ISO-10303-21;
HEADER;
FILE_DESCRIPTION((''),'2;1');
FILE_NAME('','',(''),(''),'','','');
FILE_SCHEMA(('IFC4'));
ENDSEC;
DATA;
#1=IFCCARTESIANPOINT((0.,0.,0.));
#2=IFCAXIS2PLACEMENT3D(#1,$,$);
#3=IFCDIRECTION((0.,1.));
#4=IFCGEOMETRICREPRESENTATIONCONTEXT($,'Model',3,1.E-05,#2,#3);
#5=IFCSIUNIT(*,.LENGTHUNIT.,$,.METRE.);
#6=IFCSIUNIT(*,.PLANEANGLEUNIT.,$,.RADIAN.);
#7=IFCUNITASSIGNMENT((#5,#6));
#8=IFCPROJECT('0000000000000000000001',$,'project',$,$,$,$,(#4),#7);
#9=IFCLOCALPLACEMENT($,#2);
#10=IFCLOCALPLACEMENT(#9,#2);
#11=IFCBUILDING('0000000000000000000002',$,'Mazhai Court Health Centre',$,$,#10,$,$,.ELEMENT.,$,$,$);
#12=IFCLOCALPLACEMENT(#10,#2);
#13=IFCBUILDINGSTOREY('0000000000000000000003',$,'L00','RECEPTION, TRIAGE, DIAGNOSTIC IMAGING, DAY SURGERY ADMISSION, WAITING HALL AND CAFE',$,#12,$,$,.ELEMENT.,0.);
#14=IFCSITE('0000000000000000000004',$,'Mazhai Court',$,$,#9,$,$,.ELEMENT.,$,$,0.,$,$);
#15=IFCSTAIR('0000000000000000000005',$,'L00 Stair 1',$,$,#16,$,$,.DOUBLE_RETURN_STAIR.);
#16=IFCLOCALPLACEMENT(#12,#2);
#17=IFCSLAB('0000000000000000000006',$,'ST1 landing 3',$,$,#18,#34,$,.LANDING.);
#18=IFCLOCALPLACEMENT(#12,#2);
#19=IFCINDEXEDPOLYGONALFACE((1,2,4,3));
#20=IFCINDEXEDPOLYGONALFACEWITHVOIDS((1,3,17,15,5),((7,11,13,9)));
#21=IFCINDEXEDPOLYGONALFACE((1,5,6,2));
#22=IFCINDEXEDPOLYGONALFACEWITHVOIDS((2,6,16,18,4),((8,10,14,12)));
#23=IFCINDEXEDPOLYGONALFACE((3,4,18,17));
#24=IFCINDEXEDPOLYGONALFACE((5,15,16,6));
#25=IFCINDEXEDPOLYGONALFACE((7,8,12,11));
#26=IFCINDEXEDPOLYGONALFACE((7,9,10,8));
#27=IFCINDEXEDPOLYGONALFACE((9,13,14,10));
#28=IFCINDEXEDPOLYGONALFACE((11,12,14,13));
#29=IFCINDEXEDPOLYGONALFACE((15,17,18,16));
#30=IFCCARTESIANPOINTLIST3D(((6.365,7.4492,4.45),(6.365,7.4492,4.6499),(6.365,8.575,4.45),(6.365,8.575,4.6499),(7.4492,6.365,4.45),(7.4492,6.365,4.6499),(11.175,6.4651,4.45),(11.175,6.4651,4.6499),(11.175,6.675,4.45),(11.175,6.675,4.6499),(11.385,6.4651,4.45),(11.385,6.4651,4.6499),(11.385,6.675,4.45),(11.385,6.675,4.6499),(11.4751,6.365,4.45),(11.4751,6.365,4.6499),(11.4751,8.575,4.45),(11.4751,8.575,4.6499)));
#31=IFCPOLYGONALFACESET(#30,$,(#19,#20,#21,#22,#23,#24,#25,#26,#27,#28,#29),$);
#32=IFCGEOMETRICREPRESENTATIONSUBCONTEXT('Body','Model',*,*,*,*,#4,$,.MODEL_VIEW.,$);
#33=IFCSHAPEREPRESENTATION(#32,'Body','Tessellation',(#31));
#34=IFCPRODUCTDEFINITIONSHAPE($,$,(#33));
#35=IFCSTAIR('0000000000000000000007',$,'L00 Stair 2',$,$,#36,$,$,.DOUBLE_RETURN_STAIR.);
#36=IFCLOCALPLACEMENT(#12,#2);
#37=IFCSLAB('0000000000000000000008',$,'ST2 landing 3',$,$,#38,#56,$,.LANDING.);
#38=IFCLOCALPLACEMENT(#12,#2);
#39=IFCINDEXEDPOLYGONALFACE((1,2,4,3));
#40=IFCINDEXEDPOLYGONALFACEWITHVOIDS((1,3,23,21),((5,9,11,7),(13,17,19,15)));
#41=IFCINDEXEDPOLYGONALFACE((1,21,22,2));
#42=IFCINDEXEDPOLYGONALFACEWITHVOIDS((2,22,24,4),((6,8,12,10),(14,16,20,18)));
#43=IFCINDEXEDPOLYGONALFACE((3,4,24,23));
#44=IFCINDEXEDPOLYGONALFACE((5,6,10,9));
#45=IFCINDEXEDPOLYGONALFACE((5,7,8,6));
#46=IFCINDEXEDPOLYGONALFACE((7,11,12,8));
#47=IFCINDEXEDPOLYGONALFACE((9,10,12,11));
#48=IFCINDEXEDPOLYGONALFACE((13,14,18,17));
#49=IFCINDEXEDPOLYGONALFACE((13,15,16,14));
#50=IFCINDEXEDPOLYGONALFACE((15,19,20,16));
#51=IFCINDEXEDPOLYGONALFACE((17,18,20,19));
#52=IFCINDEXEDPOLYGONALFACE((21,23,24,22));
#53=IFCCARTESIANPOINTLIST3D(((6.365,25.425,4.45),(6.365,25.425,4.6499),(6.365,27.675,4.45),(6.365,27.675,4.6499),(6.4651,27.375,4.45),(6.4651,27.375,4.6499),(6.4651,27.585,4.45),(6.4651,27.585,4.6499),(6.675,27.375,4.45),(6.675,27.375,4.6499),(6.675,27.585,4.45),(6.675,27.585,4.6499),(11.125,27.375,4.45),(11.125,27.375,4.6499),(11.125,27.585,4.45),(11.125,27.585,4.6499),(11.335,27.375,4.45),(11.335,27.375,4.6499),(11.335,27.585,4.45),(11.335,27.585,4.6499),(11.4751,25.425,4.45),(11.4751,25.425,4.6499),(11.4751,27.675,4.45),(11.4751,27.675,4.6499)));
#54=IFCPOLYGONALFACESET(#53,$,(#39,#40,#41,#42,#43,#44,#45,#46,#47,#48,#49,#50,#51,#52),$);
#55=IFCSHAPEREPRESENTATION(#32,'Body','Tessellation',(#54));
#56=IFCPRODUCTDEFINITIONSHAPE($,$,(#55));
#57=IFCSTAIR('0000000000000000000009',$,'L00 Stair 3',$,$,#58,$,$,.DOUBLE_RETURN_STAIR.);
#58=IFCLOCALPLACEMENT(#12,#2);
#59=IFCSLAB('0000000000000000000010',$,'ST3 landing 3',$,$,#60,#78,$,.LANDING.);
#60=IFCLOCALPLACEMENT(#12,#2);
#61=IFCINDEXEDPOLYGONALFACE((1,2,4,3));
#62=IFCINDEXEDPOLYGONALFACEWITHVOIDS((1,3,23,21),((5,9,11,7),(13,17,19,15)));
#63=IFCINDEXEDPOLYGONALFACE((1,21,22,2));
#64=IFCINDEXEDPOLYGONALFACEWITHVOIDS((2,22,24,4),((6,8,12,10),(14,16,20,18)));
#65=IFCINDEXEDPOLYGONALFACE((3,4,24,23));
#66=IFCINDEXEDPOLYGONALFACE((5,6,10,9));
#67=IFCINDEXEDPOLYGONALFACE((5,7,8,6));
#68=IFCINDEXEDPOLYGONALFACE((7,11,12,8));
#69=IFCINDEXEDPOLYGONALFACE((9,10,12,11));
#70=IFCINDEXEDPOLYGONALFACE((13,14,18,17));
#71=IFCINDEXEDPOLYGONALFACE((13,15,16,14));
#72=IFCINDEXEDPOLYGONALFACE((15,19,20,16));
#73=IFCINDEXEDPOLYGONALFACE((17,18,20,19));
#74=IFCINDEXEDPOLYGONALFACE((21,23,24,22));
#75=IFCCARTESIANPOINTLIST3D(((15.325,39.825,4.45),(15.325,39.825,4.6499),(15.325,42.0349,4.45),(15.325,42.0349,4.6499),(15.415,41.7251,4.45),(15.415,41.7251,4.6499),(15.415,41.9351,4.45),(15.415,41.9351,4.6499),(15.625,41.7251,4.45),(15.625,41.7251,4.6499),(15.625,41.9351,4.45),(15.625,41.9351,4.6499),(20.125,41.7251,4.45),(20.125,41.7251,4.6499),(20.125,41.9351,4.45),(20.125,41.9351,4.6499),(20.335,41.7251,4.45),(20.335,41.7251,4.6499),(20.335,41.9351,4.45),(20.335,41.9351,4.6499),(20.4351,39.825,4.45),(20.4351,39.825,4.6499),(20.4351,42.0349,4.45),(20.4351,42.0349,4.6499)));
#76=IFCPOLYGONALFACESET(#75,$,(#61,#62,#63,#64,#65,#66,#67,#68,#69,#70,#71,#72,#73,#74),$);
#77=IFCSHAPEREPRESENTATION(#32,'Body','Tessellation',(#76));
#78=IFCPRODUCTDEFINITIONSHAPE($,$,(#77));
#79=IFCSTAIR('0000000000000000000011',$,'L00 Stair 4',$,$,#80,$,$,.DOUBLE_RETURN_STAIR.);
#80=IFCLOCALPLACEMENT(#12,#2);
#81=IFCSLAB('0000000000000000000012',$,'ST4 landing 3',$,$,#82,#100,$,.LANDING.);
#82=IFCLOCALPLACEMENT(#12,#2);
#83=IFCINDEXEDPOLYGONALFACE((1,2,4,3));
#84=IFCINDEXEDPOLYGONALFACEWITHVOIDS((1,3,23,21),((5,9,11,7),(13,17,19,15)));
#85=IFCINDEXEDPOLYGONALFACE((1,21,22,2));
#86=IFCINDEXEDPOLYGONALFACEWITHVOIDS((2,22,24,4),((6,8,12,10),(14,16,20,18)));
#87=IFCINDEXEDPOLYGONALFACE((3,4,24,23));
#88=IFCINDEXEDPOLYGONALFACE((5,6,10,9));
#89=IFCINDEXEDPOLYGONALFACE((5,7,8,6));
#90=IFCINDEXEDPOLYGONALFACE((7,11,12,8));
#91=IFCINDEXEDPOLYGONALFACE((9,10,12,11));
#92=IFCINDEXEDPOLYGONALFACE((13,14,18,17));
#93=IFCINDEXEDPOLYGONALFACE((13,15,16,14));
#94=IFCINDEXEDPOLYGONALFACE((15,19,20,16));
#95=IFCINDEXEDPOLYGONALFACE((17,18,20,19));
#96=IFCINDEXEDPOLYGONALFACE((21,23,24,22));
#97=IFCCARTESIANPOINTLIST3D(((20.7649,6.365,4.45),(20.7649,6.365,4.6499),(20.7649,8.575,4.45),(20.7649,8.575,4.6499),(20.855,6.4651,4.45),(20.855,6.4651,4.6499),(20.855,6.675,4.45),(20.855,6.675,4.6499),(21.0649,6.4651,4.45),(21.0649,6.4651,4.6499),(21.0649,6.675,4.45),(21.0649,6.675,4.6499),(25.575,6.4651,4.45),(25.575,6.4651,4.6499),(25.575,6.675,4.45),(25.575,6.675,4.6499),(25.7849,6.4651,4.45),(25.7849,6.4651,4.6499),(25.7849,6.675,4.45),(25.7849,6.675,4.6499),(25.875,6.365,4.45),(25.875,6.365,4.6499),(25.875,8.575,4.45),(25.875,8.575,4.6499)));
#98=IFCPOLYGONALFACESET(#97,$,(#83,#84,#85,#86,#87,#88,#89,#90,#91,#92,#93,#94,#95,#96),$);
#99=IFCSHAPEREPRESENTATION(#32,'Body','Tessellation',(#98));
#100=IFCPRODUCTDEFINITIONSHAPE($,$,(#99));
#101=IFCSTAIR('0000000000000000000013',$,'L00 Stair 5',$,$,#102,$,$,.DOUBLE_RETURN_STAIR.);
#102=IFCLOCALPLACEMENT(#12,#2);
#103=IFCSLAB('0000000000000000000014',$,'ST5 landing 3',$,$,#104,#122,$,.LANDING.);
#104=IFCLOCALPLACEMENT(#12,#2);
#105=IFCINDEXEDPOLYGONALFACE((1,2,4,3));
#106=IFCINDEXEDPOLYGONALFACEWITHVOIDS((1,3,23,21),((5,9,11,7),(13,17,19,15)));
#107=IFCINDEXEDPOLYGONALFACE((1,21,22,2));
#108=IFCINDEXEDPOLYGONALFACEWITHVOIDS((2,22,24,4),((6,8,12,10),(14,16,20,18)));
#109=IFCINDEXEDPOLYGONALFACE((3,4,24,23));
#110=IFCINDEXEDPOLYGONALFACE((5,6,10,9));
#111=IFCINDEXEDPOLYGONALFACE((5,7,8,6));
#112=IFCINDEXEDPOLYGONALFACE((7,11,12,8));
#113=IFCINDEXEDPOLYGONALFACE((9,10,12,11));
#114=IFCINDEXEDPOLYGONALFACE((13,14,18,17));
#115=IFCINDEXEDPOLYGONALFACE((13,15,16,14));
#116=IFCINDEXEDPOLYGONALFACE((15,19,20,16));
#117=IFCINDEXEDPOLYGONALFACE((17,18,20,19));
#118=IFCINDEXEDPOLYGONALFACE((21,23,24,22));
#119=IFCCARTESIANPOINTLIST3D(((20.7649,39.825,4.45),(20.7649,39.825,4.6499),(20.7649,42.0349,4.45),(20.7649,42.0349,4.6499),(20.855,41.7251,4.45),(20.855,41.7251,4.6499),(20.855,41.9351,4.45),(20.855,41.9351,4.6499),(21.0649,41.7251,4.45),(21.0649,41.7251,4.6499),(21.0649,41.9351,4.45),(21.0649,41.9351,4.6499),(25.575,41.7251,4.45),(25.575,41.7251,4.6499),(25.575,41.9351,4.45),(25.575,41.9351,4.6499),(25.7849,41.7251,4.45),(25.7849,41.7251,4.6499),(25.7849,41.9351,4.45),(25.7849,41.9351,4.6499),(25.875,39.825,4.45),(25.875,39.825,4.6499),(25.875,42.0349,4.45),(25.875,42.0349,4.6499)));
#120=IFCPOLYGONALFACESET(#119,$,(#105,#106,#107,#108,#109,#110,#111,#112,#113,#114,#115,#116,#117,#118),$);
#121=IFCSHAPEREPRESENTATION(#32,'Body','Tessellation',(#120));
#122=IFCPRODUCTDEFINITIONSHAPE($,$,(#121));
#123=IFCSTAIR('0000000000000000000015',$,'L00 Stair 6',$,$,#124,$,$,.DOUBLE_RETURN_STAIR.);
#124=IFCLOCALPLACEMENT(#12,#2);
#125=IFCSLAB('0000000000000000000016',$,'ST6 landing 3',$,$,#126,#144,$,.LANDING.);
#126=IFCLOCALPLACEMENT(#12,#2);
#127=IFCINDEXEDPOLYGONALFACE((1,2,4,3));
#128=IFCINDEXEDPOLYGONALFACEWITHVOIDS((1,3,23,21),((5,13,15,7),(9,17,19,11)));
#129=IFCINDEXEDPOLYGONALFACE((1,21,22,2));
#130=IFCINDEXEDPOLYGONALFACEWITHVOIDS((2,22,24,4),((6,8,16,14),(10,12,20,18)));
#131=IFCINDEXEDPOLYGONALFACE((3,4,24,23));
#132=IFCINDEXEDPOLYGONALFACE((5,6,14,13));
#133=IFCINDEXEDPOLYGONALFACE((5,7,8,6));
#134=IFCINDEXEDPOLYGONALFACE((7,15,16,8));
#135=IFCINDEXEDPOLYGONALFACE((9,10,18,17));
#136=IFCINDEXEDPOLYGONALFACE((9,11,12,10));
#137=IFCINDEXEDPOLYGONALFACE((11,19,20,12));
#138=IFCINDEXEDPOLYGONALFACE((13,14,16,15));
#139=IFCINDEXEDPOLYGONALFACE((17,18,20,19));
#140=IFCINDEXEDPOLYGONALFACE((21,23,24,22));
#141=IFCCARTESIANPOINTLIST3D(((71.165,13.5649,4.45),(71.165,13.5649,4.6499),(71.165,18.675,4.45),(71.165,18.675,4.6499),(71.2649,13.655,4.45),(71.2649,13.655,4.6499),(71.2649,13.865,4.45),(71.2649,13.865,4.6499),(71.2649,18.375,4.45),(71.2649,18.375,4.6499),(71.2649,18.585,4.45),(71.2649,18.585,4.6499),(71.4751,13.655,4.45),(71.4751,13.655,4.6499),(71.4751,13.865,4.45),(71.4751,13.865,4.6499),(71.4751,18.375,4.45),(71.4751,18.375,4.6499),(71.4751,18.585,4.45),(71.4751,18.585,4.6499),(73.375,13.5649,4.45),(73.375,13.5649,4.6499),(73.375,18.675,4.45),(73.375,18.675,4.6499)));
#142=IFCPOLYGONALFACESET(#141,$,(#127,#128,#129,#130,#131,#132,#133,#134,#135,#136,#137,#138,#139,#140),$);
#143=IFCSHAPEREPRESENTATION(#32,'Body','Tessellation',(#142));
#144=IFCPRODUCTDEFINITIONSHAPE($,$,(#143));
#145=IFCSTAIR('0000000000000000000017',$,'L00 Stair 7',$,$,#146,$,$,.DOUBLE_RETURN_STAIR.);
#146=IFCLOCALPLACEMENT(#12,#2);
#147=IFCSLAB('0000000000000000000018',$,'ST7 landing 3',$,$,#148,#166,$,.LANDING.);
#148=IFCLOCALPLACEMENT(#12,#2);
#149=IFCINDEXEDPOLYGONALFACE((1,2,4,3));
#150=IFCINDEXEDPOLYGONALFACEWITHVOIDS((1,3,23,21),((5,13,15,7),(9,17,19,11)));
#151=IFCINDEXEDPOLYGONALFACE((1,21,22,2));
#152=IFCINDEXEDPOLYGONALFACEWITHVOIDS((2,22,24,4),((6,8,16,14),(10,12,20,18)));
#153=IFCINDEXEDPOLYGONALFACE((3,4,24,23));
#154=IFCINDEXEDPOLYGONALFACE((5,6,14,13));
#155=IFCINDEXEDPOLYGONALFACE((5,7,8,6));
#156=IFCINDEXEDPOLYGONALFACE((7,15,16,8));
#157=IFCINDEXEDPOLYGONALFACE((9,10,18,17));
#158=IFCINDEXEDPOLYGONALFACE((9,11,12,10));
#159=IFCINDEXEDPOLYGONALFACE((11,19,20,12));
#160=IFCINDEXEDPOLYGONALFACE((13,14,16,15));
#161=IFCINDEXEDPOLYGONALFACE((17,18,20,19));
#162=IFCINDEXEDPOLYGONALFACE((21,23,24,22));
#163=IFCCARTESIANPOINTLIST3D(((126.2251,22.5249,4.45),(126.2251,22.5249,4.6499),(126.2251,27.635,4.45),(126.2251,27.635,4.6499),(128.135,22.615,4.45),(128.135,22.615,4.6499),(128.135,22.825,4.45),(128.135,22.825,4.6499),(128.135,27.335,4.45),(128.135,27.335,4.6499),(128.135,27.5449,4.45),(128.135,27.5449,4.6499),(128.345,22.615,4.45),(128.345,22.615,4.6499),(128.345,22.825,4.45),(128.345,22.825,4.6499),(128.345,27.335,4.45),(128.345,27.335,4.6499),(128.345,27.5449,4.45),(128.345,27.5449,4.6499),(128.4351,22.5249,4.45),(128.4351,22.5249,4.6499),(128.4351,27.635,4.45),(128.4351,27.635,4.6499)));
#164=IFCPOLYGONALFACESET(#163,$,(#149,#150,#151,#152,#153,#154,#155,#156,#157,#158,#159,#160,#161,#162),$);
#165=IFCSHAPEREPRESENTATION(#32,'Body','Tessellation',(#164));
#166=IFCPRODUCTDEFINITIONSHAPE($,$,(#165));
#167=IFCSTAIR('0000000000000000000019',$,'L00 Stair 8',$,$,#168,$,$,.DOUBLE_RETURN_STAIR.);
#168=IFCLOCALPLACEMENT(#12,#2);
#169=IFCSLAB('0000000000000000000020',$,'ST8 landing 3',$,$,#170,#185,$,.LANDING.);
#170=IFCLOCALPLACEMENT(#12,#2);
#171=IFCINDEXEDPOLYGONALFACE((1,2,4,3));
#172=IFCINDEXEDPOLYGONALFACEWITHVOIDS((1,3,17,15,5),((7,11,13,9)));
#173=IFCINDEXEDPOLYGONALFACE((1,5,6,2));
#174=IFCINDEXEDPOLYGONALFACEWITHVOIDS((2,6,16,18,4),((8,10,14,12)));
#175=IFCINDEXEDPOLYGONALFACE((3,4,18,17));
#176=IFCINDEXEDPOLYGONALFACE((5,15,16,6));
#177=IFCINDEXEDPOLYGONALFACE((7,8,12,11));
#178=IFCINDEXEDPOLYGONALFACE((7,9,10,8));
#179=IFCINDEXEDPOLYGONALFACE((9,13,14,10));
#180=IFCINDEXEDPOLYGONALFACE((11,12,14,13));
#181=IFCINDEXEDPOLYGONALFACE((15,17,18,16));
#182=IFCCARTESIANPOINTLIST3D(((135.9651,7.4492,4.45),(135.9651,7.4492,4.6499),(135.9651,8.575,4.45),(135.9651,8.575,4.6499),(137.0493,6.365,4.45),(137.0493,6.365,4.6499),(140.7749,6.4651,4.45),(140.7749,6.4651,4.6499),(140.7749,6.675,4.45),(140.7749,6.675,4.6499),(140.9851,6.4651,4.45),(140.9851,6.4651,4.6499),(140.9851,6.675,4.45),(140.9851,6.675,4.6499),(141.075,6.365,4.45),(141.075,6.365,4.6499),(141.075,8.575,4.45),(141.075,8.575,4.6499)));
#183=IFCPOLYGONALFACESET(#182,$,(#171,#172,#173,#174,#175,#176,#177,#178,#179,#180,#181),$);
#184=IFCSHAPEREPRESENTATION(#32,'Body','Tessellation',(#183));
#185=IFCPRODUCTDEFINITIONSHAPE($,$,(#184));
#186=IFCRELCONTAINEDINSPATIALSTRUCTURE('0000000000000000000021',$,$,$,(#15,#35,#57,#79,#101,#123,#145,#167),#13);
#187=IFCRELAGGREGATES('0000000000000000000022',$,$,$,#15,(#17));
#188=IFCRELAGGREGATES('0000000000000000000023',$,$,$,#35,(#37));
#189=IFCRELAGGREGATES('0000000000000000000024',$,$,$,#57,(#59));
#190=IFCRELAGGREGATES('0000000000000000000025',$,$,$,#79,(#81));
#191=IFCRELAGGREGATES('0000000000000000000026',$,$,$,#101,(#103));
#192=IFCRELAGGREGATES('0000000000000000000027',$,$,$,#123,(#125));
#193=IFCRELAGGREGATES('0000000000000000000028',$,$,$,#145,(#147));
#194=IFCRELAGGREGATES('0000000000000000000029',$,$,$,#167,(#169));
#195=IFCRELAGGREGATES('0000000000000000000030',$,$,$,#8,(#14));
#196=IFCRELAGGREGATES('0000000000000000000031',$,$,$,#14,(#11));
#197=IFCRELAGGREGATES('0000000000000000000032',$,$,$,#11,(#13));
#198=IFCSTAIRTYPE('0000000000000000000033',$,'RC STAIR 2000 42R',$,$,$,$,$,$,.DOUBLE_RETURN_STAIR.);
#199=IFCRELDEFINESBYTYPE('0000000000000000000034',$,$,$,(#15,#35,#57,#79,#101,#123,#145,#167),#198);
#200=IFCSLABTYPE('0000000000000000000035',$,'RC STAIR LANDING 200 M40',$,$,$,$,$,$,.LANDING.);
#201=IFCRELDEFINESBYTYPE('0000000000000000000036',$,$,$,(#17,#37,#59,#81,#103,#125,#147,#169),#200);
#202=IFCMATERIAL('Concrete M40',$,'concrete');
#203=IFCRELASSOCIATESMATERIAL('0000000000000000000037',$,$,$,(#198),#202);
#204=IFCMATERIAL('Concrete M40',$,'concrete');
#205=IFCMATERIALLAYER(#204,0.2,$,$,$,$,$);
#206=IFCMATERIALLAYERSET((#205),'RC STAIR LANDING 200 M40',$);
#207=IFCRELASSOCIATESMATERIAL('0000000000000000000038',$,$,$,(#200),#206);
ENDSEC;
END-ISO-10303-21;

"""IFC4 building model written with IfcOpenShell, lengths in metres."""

from ifc_helpers import new_model, si_unit, direction, frame, origin, place, context, subcontext, project, spatial, polyline, outline, extrude, material, layer, layer_set, type_object, element, aggregate, save


model = new_model("IFC4")

# Units and contexts
model_context = context("Model", 3, precision=1e-05, world=origin(), true_north=direction((0.0, 1.0)))
body_context = subcontext(model_context, "Body", "Model", "MODEL_VIEW")
ifc_project = project(units=[si_unit("LENGTHUNIT", "METRE"), si_unit("PLANEANGLEUNIT", "RADIAN")], contexts=[model_context])

# Site, building, storey
site_placement = place(None, origin())
site = spatial("IfcSite", under=ifc_project, at=site_placement, Name="Mazhai Court", CompositionType="ELEMENT", RefElevation=0.0)
building_placement = place(site_placement, origin())
building = spatial("IfcBuilding", under=site, at=building_placement, Name="Mazhai Court Health Centre", CompositionType="ELEMENT")
storey_placement = place(building_placement, origin())
storey = spatial("IfcBuildingStorey", under=building, at=storey_placement, Name="L00", Description="RECEPTION, TRIAGE, DIAGNOSTIC IMAGING, DAY SURGERY ADMISSION, WAITING HALL AND CAFE", CompositionType="ELEMENT", Elevation=0.0)

# Stairs, slabs
ifc_material_1 = material(Name="Concrete M40", Category="concrete")
stair_type_1 = type_object("IfcStairType", Name="RC STAIR 2000 42R", PredefinedType="DOUBLE_RETURN_STAIR", material=ifc_material_1)
stair_1_placement = place(storey_placement, origin())
stair_1 = element("IfcStair", 1, at=stair_1_placement, inside=storey, type_object=stair_type_1, Name="L00 Stair 1", PredefinedType="DOUBLE_RETURN_STAIR")
ifc_material_2 = material(Name="Concrete M40", Category="concrete")
ifc_layer_1 = layer(ifc_material_2, 0.2)
ifc_layer_set_1 = layer_set([ifc_layer_1], Name="RC STAIR LANDING 200 M40")
slab_type = type_object("IfcSlabType", Name="RC STAIR LANDING 200 M40", PredefinedType="LANDING", material=ifc_layer_set_1)
slab_1_placement = place(storey_placement, frame((0.0, 0.0, 4.45)))
slab_1 = element("IfcSlab", 2, at=slab_1_placement, type_object=slab_type, Name="ST1 landing 3", PredefinedType="LANDING", context=body_context, shape_type="SweptSolid", body=[
    extrude(outline(polyline([(6.365, 8.575), (11.4751, 8.575), (11.4751, 6.365), (7.4492, 6.365), (6.365, 7.4492), (6.365, 8.575)]), holes=[polyline([(11.175, 6.4651), (11.385, 6.4651), (11.385, 6.675), (11.175, 6.675), (11.175, 6.4651)])]), origin(), (0.0, 0.0, 1.0), 0.2),
])
aggregate(stair_1, [slab_1])
stair_2_placement = place(storey_placement, origin())
stair_2 = element("IfcStair", 3, at=stair_2_placement, inside=storey, type_object=stair_type_1, Name="L00 Stair 2", PredefinedType="DOUBLE_RETURN_STAIR")
slab_2_placement = place(storey_placement, frame((0.0, 0.0, 4.45)))
slab_2 = element("IfcSlab", 4, at=slab_2_placement, type_object=slab_type, Name="ST2 landing 3", PredefinedType="LANDING", context=body_context, shape_type="SweptSolid", body=[
    extrude(outline(polyline([(11.4751, 25.425), (11.4751, 27.675), (6.365, 27.675), (6.365, 25.425), (11.4751, 25.425)]), holes=[polyline([(6.4651, 27.375), (6.675, 27.375), (6.675, 27.585), (6.4651, 27.585), (6.4651, 27.375)]), polyline([(11.125, 27.375), (11.335, 27.375), (11.335, 27.585), (11.125, 27.585), (11.125, 27.375)])]), origin(), (0.0, 0.0, 1.0), 0.2),
])
aggregate(stair_2, [slab_2])
stair_3_placement = place(storey_placement, origin())
stair_3 = element("IfcStair", 5, at=stair_3_placement, inside=storey, type_object=stair_type_1, Name="L00 Stair 3", PredefinedType="DOUBLE_RETURN_STAIR")
slab_3_placement = place(storey_placement, frame((0.0, 0.0, 4.45)))
slab_3 = element("IfcSlab", 6, at=slab_3_placement, type_object=slab_type, Name="ST3 landing 3", PredefinedType="LANDING", context=body_context, shape_type="SweptSolid", body=[
    extrude(outline(polyline([(20.4351, 39.825), (20.4351, 42.0349), (15.325, 42.0349), (15.325, 39.825), (20.4351, 39.825)]), holes=[polyline([(15.415, 41.7251), (15.625, 41.7251), (15.625, 41.9351), (15.415, 41.9351), (15.415, 41.7251)]), polyline([(20.125, 41.7251), (20.335, 41.7251), (20.335, 41.9351), (20.125, 41.9351), (20.125, 41.7251)])]), origin(), (0.0, 0.0, 1.0), 0.2),
])
aggregate(stair_3, [slab_3])
stair_4_placement = place(storey_placement, origin())
stair_4 = element("IfcStair", 7, at=stair_4_placement, inside=storey, type_object=stair_type_1, Name="L00 Stair 4", PredefinedType="DOUBLE_RETURN_STAIR")
slab_4_placement = place(storey_placement, frame((0.0, 0.0, 4.45)))
slab_4 = element("IfcSlab", 8, at=slab_4_placement, type_object=slab_type, Name="ST4 landing 3", PredefinedType="LANDING", context=body_context, shape_type="SweptSolid", body=[
    extrude(outline(polyline([(20.7649, 8.575), (20.7649, 6.365), (25.875, 6.365), (25.875, 8.575), (20.7649, 8.575)]), holes=[polyline([(20.855, 6.4651), (21.0649, 6.4651), (21.0649, 6.675), (20.855, 6.675), (20.855, 6.4651)]), polyline([(25.575, 6.4651), (25.7849, 6.4651), (25.7849, 6.675), (25.575, 6.675), (25.575, 6.4651)])]), origin(), (0.0, 0.0, 1.0), 0.2),
])
aggregate(stair_4, [slab_4])
stair_5_placement = place(storey_placement, origin())
stair_5 = element("IfcStair", 9, at=stair_5_placement, inside=storey, type_object=stair_type_1, Name="L00 Stair 5", PredefinedType="DOUBLE_RETURN_STAIR")
slab_5_placement = place(storey_placement, frame((0.0, 0.0, 4.45)))
slab_5 = element("IfcSlab", 10, at=slab_5_placement, type_object=slab_type, Name="ST5 landing 3", PredefinedType="LANDING", context=body_context, shape_type="SweptSolid", body=[
    extrude(outline(polyline([(25.875, 39.825), (25.875, 42.0349), (20.7649, 42.0349), (20.7649, 39.825), (25.875, 39.825)]), holes=[polyline([(20.855, 41.7251), (21.0649, 41.7251), (21.0649, 41.9351), (20.855, 41.9351), (20.855, 41.7251)]), polyline([(25.575, 41.7251), (25.7849, 41.7251), (25.7849, 41.9351), (25.575, 41.9351), (25.575, 41.7251)])]), origin(), (0.0, 0.0, 1.0), 0.2),
])
aggregate(stair_5, [slab_5])
stair_6_placement = place(storey_placement, origin())
stair_6 = element("IfcStair", 11, at=stair_6_placement, inside=storey, type_object=stair_type_1, Name="L00 Stair 6", PredefinedType="DOUBLE_RETURN_STAIR")
slab_6_placement = place(storey_placement, frame((0.0, 0.0, 4.45)))
slab_6 = element("IfcSlab", 12, at=slab_6_placement, type_object=slab_type, Name="ST6 landing 3", PredefinedType="LANDING", context=body_context, shape_type="SweptSolid", body=[
    extrude(outline(polyline([(73.375, 18.675), (71.165, 18.675), (71.165, 13.5649), (73.375, 13.5649), (73.375, 18.675)]), holes=[polyline([(71.2649, 13.655), (71.4751, 13.655), (71.4751, 13.865), (71.2649, 13.865), (71.2649, 13.655)]), polyline([(71.2649, 18.375), (71.4751, 18.375), (71.4751, 18.585), (71.2649, 18.585), (71.2649, 18.375)])]), origin(), (0.0, 0.0, 1.0), 0.2),
])
aggregate(stair_6, [slab_6])
stair_7_placement = place(storey_placement, origin())
stair_7 = element("IfcStair", 13, at=stair_7_placement, inside=storey, type_object=stair_type_1, Name="L00 Stair 7", PredefinedType="DOUBLE_RETURN_STAIR")
slab_7_placement = place(storey_placement, frame((0.0, 0.0, 4.45)))
slab_7 = element("IfcSlab", 14, at=slab_7_placement, type_object=slab_type, Name="ST7 landing 3", PredefinedType="LANDING", context=body_context, shape_type="SweptSolid", body=[
    extrude(outline(polyline([(126.2251, 22.5249), (128.4351, 22.5249), (128.4351, 27.635), (126.2251, 27.635), (126.2251, 22.5249)]), holes=[polyline([(128.135, 22.615), (128.345, 22.615), (128.345, 22.825), (128.135, 22.825), (128.135, 22.615)]), polyline([(128.135, 27.335), (128.345, 27.335), (128.345, 27.5449), (128.135, 27.5449), (128.135, 27.335)])]), origin(), (0.0, 0.0, 1.0), 0.2),
])
aggregate(stair_7, [slab_7])
stair_8_placement = place(storey_placement, origin())
stair_8 = element("IfcStair", 15, at=stair_8_placement, inside=storey, type_object=stair_type_1, Name="L00 Stair 8", PredefinedType="DOUBLE_RETURN_STAIR")
slab_8_placement = place(storey_placement, frame((0.0, 0.0, 4.45)))
slab_8 = element("IfcSlab", 16, at=slab_8_placement, type_object=slab_type, Name="ST8 landing 3", PredefinedType="LANDING", context=body_context, shape_type="SweptSolid", body=[
    extrude(outline(polyline([(141.075, 8.575), (141.075, 6.365), (137.0493, 6.365), (135.9651, 7.4492), (135.9651, 8.575), (141.075, 8.575)]), holes=[polyline([(140.7749, 6.4651), (140.9851, 6.4651), (140.9851, 6.675), (140.7749, 6.675), (140.7749, 6.4651)])]), origin(), (0.0, 0.0, 1.0), 0.2),
])
aggregate(stair_8, [slab_8])

save(model, "model.ifc")
